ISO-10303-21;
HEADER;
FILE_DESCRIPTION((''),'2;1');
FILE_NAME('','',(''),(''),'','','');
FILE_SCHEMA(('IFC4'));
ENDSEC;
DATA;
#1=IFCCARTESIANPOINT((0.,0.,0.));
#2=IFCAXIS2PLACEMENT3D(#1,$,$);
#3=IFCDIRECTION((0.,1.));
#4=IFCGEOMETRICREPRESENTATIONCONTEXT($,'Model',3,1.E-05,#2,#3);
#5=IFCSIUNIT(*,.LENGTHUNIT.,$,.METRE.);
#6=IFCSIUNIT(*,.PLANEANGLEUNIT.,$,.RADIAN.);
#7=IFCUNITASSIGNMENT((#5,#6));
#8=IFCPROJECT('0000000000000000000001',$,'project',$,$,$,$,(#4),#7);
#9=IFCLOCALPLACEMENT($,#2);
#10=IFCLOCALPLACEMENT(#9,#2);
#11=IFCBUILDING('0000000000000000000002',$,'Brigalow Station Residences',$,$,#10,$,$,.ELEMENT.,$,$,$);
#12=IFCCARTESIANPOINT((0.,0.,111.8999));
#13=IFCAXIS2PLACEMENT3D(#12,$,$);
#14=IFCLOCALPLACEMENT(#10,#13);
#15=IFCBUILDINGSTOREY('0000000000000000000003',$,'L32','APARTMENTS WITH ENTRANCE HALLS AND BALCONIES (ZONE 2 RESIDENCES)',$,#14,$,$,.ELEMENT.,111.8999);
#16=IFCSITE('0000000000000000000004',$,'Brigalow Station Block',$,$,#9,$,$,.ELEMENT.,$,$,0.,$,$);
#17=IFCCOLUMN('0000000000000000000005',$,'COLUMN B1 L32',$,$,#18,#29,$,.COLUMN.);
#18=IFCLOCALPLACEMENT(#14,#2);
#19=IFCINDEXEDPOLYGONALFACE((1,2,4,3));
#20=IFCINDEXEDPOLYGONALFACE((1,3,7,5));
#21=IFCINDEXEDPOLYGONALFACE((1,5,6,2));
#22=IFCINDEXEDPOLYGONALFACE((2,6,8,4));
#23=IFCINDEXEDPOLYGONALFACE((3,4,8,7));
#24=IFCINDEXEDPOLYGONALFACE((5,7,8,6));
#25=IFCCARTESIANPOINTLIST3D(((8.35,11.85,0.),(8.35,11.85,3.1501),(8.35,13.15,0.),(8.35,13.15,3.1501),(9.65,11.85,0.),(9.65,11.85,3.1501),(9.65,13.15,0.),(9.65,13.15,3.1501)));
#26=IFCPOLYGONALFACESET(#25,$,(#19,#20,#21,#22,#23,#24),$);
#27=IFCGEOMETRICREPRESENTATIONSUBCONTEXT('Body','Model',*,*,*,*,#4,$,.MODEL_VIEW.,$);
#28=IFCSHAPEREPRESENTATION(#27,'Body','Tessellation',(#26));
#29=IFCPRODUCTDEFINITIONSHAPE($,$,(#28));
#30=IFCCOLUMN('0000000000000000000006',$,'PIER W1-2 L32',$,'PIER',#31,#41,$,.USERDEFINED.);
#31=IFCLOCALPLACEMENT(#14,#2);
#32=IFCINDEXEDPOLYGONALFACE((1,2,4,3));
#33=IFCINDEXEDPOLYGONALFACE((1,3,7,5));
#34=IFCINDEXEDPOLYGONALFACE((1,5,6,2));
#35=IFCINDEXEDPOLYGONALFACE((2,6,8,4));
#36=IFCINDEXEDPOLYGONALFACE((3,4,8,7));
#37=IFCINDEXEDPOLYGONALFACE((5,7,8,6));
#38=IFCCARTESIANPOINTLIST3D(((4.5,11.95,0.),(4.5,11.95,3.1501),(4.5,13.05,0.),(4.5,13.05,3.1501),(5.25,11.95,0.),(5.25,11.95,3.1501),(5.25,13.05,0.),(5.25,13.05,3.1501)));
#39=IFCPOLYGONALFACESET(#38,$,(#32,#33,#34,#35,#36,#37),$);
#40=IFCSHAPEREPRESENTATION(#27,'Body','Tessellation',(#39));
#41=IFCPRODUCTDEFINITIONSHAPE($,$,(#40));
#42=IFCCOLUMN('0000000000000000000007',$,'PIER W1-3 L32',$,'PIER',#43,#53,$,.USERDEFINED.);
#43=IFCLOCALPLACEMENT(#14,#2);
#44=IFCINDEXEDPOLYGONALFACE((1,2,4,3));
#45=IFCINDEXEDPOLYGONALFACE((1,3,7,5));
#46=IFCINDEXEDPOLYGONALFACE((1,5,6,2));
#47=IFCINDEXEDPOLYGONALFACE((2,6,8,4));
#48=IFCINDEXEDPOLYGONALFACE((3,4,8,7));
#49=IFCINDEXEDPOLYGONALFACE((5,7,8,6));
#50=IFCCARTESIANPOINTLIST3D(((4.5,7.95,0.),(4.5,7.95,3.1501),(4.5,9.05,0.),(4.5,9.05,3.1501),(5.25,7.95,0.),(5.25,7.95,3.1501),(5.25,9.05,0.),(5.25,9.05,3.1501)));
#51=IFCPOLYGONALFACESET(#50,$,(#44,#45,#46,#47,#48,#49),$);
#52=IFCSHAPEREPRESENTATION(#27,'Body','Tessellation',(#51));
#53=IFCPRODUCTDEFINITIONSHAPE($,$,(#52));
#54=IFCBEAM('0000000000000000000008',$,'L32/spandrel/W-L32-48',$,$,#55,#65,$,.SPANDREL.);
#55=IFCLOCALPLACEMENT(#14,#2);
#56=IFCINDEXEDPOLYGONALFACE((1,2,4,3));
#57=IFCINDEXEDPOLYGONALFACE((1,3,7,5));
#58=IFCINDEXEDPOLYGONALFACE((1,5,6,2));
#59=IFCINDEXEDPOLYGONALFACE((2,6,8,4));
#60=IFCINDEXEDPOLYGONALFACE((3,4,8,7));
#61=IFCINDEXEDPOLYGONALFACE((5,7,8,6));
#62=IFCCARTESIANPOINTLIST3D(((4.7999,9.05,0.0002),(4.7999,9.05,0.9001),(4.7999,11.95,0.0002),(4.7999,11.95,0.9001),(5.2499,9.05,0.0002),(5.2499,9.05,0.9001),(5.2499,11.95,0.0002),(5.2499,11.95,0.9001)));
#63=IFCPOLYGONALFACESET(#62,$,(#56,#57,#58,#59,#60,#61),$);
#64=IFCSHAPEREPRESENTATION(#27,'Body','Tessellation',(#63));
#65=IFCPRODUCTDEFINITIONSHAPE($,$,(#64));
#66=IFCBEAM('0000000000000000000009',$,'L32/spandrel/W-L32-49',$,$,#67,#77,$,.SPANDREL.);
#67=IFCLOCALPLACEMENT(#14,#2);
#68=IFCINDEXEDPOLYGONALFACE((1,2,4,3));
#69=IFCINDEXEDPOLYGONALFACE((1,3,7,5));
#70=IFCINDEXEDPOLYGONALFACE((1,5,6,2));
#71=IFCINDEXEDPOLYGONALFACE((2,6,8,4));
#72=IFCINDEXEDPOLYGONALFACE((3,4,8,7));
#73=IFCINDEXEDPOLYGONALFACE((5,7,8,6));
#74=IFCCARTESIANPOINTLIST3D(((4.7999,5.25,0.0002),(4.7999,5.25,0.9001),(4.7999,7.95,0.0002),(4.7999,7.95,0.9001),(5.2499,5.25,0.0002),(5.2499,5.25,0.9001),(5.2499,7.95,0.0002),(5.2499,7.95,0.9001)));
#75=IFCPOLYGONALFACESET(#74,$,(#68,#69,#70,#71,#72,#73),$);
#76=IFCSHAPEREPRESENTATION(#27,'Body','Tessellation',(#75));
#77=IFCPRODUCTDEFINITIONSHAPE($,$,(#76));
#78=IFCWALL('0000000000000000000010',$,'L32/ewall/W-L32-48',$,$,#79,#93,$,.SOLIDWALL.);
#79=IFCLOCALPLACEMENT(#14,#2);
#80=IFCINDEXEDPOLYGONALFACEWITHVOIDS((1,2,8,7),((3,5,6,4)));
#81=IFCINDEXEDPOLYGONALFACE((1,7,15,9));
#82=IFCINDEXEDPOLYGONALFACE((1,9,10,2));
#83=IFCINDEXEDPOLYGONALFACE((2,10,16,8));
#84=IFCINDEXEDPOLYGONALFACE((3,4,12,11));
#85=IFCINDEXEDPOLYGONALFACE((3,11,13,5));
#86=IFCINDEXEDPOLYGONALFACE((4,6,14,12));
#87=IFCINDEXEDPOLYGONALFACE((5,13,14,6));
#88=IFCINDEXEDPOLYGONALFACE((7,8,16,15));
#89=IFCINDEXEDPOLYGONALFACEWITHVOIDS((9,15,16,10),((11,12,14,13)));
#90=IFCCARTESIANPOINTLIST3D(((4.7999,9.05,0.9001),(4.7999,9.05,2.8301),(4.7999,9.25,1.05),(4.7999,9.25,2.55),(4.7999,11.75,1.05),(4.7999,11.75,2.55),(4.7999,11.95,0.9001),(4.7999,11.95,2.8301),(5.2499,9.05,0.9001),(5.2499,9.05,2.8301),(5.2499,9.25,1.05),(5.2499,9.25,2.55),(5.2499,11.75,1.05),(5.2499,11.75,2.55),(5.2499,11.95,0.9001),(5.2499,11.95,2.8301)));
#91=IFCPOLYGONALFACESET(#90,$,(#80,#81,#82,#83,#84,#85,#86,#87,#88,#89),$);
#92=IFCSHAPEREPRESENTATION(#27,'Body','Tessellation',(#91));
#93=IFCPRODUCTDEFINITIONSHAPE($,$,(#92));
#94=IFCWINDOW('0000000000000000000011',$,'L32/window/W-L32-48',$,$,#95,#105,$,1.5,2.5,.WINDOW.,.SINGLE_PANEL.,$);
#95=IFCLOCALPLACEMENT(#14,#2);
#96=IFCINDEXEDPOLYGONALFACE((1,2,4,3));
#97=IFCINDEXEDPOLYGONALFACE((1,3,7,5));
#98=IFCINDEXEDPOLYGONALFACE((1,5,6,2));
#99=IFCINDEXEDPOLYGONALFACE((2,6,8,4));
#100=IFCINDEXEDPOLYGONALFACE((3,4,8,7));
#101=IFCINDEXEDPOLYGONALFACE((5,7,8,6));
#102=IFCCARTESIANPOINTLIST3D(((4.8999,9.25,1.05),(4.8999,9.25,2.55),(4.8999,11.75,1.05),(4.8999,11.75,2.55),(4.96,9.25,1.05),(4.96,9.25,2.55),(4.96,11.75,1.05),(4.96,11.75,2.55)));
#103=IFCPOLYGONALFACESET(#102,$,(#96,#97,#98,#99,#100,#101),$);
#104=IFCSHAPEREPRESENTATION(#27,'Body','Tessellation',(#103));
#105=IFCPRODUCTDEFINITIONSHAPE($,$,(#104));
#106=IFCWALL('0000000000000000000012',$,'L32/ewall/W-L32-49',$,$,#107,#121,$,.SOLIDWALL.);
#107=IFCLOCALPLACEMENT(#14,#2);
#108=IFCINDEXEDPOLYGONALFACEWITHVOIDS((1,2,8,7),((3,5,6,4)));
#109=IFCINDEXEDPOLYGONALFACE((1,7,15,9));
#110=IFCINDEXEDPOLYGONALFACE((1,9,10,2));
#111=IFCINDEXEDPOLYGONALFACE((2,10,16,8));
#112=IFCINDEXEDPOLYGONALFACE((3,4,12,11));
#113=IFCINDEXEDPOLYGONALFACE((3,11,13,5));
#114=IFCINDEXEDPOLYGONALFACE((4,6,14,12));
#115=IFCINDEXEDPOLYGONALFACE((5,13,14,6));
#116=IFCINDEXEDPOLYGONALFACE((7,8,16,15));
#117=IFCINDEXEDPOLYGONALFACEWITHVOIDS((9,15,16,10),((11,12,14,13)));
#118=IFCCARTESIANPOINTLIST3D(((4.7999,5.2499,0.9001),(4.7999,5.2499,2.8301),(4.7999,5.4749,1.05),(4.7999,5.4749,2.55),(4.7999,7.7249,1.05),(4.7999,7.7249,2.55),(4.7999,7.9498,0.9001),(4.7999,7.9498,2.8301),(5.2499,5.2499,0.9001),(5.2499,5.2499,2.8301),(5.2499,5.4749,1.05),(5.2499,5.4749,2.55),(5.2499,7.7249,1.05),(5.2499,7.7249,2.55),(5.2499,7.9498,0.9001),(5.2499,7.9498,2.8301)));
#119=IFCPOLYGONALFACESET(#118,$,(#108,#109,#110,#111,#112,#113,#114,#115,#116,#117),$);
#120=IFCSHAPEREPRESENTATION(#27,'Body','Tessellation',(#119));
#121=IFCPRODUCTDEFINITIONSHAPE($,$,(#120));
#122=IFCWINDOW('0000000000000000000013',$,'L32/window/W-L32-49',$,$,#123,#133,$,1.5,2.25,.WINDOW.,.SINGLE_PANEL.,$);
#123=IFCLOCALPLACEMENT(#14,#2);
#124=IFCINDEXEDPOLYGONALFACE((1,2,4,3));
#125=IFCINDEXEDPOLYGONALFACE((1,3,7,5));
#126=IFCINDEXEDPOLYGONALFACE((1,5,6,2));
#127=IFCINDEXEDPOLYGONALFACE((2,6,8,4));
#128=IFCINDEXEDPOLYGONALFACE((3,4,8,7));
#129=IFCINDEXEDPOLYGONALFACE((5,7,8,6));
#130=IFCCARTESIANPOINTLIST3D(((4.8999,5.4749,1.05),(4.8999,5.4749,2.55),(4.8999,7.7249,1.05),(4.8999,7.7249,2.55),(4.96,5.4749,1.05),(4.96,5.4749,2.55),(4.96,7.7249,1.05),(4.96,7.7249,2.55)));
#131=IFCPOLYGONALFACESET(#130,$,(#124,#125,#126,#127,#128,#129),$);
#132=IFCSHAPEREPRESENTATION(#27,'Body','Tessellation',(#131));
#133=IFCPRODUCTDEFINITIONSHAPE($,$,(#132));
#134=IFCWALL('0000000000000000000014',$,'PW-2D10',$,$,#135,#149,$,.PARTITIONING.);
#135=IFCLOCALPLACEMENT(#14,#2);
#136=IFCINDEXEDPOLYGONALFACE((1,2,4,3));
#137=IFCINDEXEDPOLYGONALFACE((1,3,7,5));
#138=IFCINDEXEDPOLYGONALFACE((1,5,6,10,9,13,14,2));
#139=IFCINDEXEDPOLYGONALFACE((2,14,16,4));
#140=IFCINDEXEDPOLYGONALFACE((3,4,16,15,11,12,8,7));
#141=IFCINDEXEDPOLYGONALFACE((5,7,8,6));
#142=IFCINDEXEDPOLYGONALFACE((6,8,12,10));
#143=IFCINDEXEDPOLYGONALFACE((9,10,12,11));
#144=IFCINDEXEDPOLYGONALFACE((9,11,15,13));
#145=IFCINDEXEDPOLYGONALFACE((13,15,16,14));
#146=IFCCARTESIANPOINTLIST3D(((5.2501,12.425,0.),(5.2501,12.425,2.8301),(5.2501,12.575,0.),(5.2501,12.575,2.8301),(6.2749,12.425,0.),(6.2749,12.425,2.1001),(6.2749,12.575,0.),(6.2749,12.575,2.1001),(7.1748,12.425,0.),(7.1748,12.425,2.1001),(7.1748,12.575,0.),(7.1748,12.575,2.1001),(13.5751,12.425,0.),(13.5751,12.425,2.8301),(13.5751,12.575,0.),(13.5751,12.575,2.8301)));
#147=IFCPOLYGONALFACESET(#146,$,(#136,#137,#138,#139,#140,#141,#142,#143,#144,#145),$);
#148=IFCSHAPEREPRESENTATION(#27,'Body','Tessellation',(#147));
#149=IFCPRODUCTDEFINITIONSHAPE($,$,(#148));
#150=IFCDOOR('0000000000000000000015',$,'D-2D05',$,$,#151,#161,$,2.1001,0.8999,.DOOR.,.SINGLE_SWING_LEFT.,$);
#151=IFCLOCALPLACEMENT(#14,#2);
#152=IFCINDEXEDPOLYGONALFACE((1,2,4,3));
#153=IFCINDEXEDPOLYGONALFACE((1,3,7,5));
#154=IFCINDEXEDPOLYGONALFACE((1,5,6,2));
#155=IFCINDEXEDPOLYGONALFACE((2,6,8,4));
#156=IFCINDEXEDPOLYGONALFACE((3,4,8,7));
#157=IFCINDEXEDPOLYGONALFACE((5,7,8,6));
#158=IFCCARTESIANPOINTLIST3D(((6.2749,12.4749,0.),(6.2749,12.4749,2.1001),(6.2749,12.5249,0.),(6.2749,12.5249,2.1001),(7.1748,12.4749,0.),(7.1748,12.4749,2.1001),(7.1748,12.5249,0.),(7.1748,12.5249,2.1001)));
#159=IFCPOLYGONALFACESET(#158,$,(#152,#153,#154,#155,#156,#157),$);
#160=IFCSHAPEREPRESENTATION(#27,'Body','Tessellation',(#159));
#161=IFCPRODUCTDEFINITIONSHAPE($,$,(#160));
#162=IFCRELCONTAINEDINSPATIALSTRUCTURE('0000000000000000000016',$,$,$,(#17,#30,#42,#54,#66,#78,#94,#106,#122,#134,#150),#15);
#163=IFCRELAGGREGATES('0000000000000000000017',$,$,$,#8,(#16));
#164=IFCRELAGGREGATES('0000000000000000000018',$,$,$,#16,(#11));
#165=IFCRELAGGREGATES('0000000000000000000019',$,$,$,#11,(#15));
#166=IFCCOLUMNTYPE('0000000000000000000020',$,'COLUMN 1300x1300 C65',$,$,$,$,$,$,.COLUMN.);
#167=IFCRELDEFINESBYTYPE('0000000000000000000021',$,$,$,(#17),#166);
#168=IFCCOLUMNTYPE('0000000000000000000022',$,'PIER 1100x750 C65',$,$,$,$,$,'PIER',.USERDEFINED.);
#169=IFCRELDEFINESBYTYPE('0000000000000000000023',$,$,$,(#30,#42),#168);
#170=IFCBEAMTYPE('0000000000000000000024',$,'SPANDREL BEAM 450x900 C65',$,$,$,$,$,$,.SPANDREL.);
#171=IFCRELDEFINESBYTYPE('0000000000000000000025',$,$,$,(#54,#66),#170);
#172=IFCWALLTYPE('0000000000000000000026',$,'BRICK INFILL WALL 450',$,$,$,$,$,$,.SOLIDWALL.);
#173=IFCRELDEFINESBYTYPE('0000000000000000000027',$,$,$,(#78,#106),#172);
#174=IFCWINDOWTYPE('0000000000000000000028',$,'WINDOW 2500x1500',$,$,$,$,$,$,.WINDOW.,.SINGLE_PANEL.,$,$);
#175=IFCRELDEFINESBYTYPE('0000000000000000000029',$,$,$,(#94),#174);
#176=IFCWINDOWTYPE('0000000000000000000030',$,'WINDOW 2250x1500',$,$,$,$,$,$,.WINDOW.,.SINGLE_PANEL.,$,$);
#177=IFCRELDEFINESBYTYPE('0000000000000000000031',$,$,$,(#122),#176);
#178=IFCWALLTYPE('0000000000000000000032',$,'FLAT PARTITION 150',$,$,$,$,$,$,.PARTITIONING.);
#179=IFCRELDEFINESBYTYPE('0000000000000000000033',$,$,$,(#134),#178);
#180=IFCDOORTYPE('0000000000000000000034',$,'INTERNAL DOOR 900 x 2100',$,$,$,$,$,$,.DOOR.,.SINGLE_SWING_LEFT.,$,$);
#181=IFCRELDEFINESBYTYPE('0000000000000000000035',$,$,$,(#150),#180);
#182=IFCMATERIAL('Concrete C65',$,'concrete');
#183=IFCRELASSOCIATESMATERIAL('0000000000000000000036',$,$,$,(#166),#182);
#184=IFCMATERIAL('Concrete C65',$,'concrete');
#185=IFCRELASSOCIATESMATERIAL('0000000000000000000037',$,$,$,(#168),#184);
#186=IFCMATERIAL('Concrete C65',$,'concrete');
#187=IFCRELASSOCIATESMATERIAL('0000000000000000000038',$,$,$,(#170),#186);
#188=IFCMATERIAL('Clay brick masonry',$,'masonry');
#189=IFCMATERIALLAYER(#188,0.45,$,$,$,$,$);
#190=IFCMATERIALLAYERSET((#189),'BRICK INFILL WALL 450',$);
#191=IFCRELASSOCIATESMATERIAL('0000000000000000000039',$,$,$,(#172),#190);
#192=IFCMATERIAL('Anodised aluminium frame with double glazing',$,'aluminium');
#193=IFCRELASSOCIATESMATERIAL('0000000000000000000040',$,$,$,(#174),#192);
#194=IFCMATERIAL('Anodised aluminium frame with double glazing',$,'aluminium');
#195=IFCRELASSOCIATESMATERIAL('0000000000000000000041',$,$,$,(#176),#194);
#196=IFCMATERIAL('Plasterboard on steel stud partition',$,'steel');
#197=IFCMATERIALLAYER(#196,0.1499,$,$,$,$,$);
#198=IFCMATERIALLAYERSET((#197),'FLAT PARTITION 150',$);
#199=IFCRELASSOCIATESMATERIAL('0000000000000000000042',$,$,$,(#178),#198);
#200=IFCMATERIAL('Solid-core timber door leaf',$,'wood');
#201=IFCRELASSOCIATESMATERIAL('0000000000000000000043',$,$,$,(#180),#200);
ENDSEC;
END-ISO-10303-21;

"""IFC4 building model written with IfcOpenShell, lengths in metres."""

from ifc_helpers import new_model, si_unit, direction, frame, frame_2d, origin, origin_2d, place, context, subcontext, project, spatial, rectangle, extrude, material, layer, layer_set, material_profile, profile_set, type_object, element, fill, save


model = new_model("IFC4")

# Units and contexts
model_context = context("Model", 3, precision=1e-05, world=origin(), true_north=direction((0.0, 1.0)))
body_context = subcontext(model_context, "Body", "Model", "MODEL_VIEW")
ifc_project = project(units=[si_unit("LENGTHUNIT", "METRE"), si_unit("PLANEANGLEUNIT", "RADIAN")], contexts=[model_context])

# Site, building, storey
site_placement = place(None, origin())
site = spatial("IfcSite", under=ifc_project, at=site_placement, Name="Brigalow Station Block", CompositionType="ELEMENT", RefElevation=0.0)
building_placement = place(site_placement, origin())
building = spatial("IfcBuilding", under=site, at=building_placement, Name="Brigalow Station Residences", CompositionType="ELEMENT")
storey_placement = place(building_placement, frame((0.0, 0.0, 111.8999)))
storey = spatial("IfcBuildingStorey", under=building, at=storey_placement, Name="L32", Description="APARTMENTS WITH ENTRANCE HALLS AND BALCONIES (ZONE 2 RESIDENCES)", CompositionType="ELEMENT", Elevation=111.8999)

# Columns
ifc_material_1 = material(Name="Concrete C65", Category="concrete")
ifc_material_profile_1 = material_profile(ifc_material_1, rectangle(XDim=1.3, YDim=1.3, at=origin_2d()), Name="RC1300x1300")
ifc_profile_set_1 = profile_set([ifc_material_profile_1], Name="Concrete C65")
column_type_1 = type_object("IfcColumnType", Name="COLUMN 1300x1300 C65", PredefinedType="COLUMN", material=ifc_profile_set_1)
column_placement = place(storey_placement, frame((9.0, 12.5, 0.0), z_axis=(0.0, 0.0, 1.0), x_axis=(1.0, 0.0, 0.0)))
element("IfcColumn", 1, at=column_placement, inside=storey, type_object=column_type_1, Name="COLUMN B1 L32", PredefinedType="COLUMN", context=body_context, shape_type="SweptSolid", body=[
    extrude(rectangle(XDim=1.3, YDim=1.3, at=origin_2d()), origin(), (0.0, 0.0, 1.0), 3.1501),
])
ifc_material_2 = material(Name="Concrete C65", Category="concrete")
ifc_material_profile_2 = material_profile(ifc_material_2, rectangle(XDim=1.1001, YDim=0.75, at=origin_2d()), Name="RC1100x750")
ifc_profile_set_2 = profile_set([ifc_material_profile_2], Name="Concrete C65")
column_type_2 = type_object("IfcColumnType", Name="PIER 1100x750 C65", ElementType="PIER", PredefinedType="USERDEFINED", material=ifc_profile_set_2)
for number, where, z_axis, x_axis, name in (
    (2, (4.875, 12.5, 0.0), (0.0, 0.0, 1.0), (0.0, -1.0, 0.0), "PIER W1-2 L32"),
    (3, (4.875, 8.5, 0.0), (0.0, 0.0, 1.0), (0.0, -1.0, 0.0), "PIER W1-3 L32"),
):
    element("IfcColumn", number, at=place(storey_placement, frame(where, z_axis=z_axis, x_axis=x_axis)), inside=storey, type_object=column_type_2, Name=name, ObjectType="PIER", PredefinedType="USERDEFINED", context=body_context, shape_type="SweptSolid", body=[
        extrude(rectangle(XDim=1.1001, YDim=0.75, at=origin_2d()), origin(), (0.0, 0.0, 1.0), 3.1501),
    ])

# Beams
ifc_material_3 = material(Name="Concrete C65", Category="concrete")
ifc_material_profile_3 = material_profile(ifc_material_3, rectangle(XDim=0.45, YDim=0.8999, at=origin_2d()), Name="RC450x900")
ifc_profile_set_3 = profile_set([ifc_material_profile_3], Name="Concrete C65")
beam_type = type_object("IfcBeamType", Name="SPANDREL BEAM 450x900 C65", PredefinedType="SPANDREL", material=ifc_profile_set_3)
beam_1_placement = place(storey_placement, frame((5.0249, 11.95, 0.4502), z_axis=(0.0, -1.0, 0.0), x_axis=(1.0, 0.0, 0.0)))
element("IfcBeam", 4, at=beam_1_placement, inside=storey, type_object=beam_type, Name="L32/spandrel/W-L32-48", PredefinedType="SPANDREL", context=body_context, shape_type="SweptSolid", body=[
    extrude(rectangle(XDim=0.45, YDim=0.8999, at=origin_2d()), origin(), (0.0, 0.0, 1.0), 2.8999),
])
beam_2_placement = place(storey_placement, frame((5.0249, 7.95, 0.4502), z_axis=(0.0, -1.0, 0.0), x_axis=(1.0, 0.0, 0.0)))
element("IfcBeam", 5, at=beam_2_placement, inside=storey, type_object=beam_type, Name="L32/spandrel/W-L32-49", PredefinedType="SPANDREL", context=body_context, shape_type="SweptSolid", body=[
    extrude(rectangle(XDim=0.45, YDim=0.8999, at=origin_2d()), origin(), (0.0, 0.0, 1.0), 2.7),
])

# Walls, openings, windows
ifc_material_4 = material(Name="Clay brick masonry", Category="masonry")
ifc_layer_1 = layer(ifc_material_4, 0.45)
ifc_layer_set_1 = layer_set([ifc_layer_1], Name="BRICK INFILL WALL 450")
wall_type_1 = type_object("IfcWallType", Name="BRICK INFILL WALL 450", PredefinedType="SOLIDWALL", material=ifc_layer_set_1)
wall_1_placement = place(storey_placement, frame((5.0249, 11.95, 0.9001), z_axis=(0.0, 0.0, 1.0), x_axis=(0.0, -1.0, 0.0)))
wall_1 = element("IfcWall", 6, at=wall_1_placement, inside=storey, type_object=wall_type_1, Name="L32/ewall/W-L32-48", PredefinedType="SOLIDWALL", context=body_context, shape_type="SweptSolid", body=[
    extrude(rectangle(XDim=2.8999, YDim=0.45, at=frame_2d((1.45, 0.0))), origin(), (0.0, 0.0, 1.0), 1.9299),
])
opening_1_placement = place(wall_1_placement, frame((0.2, 0.0, 0.1499)))
opening_1 = element("IfcOpeningElement", 7, at=opening_1_placement, cuts=wall_1, PredefinedType="OPENING", context=body_context, shape_type="SweptSolid", body=[
    extrude(rectangle(XDim=2.5, YDim=1.5, at=frame_2d((1.25, 0.75))), frame((0.0, 0.2349, 0.0), z_axis=(0.0, -1.0, 0.0), x_axis=(1.0, 0.0, 0.0)), (0.0, 0.0, 1.0), 0.47),
])
ifc_material_5 = material(Name="Anodised aluminium frame with double glazing", Category="aluminium")
window_type_1 = type_object("IfcWindowType", Name="WINDOW 2500x1500", PartitioningType="SINGLE_PANEL", PredefinedType="WINDOW", material=ifc_material_5)
window_1_placement = place(opening_1_placement, origin())
window_1 = element("IfcWindow", 8, at=window_1_placement, inside=storey, type_object=window_type_1, Name="L32/window/W-L32-48", OverallHeight=1.5, OverallWidth=2.5, PartitioningType="SINGLE_PANEL", PredefinedType="WINDOW", context=body_context, shape_type="SweptSolid", body=[
    extrude(rectangle(XDim=2.5, YDim=1.5, at=frame_2d((1.25, 0.75))), frame((0.0, -0.0649, 0.0), z_axis=(0.0, -1.0, 0.0), x_axis=(1.0, 0.0, 0.0)), (0.0, 0.0, 1.0), 0.0601),
])
fill(opening_1, window_1)
wall_2_placement = place(storey_placement, frame((5.0249, 7.95, 0.9001), z_axis=(0.0, 0.0, 1.0), x_axis=(0.0, -1.0, 0.0)))
wall_2 = element("IfcWall", 9, at=wall_2_placement, inside=storey, type_object=wall_type_1, Name="L32/ewall/W-L32-49", PredefinedType="SOLIDWALL", context=body_context, shape_type="SweptSolid", body=[
    extrude(rectangle(XDim=2.7, YDim=0.45, at=frame_2d((1.3501, 0.0))), origin(), (0.0, 0.0, 1.0), 1.9299),
])
opening_2_placement = place(wall_2_placement, frame((0.2251, 0.0, 0.1499)))
opening_2 = element("IfcOpeningElement", 10, at=opening_2_placement, cuts=wall_2, PredefinedType="OPENING", context=body_context, shape_type="SweptSolid", body=[
    extrude(rectangle(XDim=2.25, YDim=1.5, at=frame_2d((1.125, 0.75))), frame((0.0, 0.2349, 0.0), z_axis=(0.0, -1.0, 0.0), x_axis=(1.0, 0.0, 0.0)), (0.0, 0.0, 1.0), 0.47),
])
ifc_material_6 = material(Name="Anodised aluminium frame with double glazing", Category="aluminium")
window_type_2 = type_object("IfcWindowType", Name="WINDOW 2250x1500", PartitioningType="SINGLE_PANEL", PredefinedType="WINDOW", material=ifc_material_6)
window_2_placement = place(opening_2_placement, origin())
window_2 = element("IfcWindow", 11, at=window_2_placement, inside=storey, type_object=window_type_2, Name="L32/window/W-L32-49", OverallHeight=1.5, OverallWidth=2.25, PartitioningType="SINGLE_PANEL", PredefinedType="WINDOW", context=body_context, shape_type="SweptSolid", body=[
    extrude(rectangle(XDim=2.25, YDim=1.5, at=frame_2d((1.125, 0.75))), frame((0.0, -0.0649, 0.0), z_axis=(0.0, -1.0, 0.0), x_axis=(1.0, 0.0, 0.0)), (0.0, 0.0, 1.0), 0.0601),
])
fill(opening_2, window_2)

# Wall, opening, door
ifc_material_7 = material(Name="Plasterboard on steel stud partition", Category="steel")
ifc_layer_2 = layer(ifc_material_7, 0.1499)
ifc_layer_set_2 = layer_set([ifc_layer_2], Name="FLAT PARTITION 150")
wall_type_2 = type_object("IfcWallType", Name="FLAT PARTITION 150", PredefinedType="PARTITIONING", material=ifc_layer_set_2)
wall_3_placement = place(storey_placement, frame((5.25, 12.5, 0.0), z_axis=(0.0, 0.0, 1.0), x_axis=(1.0, 0.0, 0.0)))
wall_3 = element("IfcWall", 12, at=wall_3_placement, inside=storey, type_object=wall_type_2, Name="PW-2D10", PredefinedType="PARTITIONING", context=body_context, shape_type="SweptSolid", body=[
    extrude(rectangle(XDim=8.325, YDim=0.1499, at=frame_2d((4.1626, 0.0))), origin(), (0.0, 0.0, 1.0), 2.8301),
])
opening_3_placement = place(wall_3_placement, frame((1.0249, 0.0, 0.0)))
opening_3 = element("IfcOpeningElement", 13, at=opening_3_placement, cuts=wall_3, PredefinedType="OPENING", context=body_context, shape_type="SweptSolid", body=[
    extrude(rectangle(XDim=0.8999, YDim=2.1001, at=frame_2d((0.45, 1.05))), frame((0.0, 0.085, 0.0), z_axis=(0.0, -1.0, 0.0), x_axis=(1.0, 0.0, 0.0)), (0.0, 0.0, 1.0), 0.1699),
])
ifc_material_8 = material(Name="Solid-core timber door leaf", Category="wood")
door_type = type_object("IfcDoorType", Name="INTERNAL DOOR 900 x 2100", OperationType="SINGLE_SWING_LEFT", PredefinedType="DOOR", material=ifc_material_8)
door_1_placement = place(opening_3_placement, origin())
door_1 = element("IfcDoor", 14, at=door_1_placement, inside=storey, type_object=door_type, Name="D-2D05", OperationType="SINGLE_SWING_LEFT", OverallHeight=2.1001, OverallWidth=0.8999, PredefinedType="DOOR", context=body_context, shape_type="SweptSolid", body=[
    extrude(rectangle(XDim=0.8999, YDim=2.1001, at=frame_2d((0.45, 1.05))), frame((0.0, 0.0249, 0.0), z_axis=(0.0, -1.0, 0.0), x_axis=(1.0, 0.0, 0.0)), (0.0, 0.0, 1.0), 0.05),
])
fill(opening_3, door_1)

save(model, "model.ifc")
